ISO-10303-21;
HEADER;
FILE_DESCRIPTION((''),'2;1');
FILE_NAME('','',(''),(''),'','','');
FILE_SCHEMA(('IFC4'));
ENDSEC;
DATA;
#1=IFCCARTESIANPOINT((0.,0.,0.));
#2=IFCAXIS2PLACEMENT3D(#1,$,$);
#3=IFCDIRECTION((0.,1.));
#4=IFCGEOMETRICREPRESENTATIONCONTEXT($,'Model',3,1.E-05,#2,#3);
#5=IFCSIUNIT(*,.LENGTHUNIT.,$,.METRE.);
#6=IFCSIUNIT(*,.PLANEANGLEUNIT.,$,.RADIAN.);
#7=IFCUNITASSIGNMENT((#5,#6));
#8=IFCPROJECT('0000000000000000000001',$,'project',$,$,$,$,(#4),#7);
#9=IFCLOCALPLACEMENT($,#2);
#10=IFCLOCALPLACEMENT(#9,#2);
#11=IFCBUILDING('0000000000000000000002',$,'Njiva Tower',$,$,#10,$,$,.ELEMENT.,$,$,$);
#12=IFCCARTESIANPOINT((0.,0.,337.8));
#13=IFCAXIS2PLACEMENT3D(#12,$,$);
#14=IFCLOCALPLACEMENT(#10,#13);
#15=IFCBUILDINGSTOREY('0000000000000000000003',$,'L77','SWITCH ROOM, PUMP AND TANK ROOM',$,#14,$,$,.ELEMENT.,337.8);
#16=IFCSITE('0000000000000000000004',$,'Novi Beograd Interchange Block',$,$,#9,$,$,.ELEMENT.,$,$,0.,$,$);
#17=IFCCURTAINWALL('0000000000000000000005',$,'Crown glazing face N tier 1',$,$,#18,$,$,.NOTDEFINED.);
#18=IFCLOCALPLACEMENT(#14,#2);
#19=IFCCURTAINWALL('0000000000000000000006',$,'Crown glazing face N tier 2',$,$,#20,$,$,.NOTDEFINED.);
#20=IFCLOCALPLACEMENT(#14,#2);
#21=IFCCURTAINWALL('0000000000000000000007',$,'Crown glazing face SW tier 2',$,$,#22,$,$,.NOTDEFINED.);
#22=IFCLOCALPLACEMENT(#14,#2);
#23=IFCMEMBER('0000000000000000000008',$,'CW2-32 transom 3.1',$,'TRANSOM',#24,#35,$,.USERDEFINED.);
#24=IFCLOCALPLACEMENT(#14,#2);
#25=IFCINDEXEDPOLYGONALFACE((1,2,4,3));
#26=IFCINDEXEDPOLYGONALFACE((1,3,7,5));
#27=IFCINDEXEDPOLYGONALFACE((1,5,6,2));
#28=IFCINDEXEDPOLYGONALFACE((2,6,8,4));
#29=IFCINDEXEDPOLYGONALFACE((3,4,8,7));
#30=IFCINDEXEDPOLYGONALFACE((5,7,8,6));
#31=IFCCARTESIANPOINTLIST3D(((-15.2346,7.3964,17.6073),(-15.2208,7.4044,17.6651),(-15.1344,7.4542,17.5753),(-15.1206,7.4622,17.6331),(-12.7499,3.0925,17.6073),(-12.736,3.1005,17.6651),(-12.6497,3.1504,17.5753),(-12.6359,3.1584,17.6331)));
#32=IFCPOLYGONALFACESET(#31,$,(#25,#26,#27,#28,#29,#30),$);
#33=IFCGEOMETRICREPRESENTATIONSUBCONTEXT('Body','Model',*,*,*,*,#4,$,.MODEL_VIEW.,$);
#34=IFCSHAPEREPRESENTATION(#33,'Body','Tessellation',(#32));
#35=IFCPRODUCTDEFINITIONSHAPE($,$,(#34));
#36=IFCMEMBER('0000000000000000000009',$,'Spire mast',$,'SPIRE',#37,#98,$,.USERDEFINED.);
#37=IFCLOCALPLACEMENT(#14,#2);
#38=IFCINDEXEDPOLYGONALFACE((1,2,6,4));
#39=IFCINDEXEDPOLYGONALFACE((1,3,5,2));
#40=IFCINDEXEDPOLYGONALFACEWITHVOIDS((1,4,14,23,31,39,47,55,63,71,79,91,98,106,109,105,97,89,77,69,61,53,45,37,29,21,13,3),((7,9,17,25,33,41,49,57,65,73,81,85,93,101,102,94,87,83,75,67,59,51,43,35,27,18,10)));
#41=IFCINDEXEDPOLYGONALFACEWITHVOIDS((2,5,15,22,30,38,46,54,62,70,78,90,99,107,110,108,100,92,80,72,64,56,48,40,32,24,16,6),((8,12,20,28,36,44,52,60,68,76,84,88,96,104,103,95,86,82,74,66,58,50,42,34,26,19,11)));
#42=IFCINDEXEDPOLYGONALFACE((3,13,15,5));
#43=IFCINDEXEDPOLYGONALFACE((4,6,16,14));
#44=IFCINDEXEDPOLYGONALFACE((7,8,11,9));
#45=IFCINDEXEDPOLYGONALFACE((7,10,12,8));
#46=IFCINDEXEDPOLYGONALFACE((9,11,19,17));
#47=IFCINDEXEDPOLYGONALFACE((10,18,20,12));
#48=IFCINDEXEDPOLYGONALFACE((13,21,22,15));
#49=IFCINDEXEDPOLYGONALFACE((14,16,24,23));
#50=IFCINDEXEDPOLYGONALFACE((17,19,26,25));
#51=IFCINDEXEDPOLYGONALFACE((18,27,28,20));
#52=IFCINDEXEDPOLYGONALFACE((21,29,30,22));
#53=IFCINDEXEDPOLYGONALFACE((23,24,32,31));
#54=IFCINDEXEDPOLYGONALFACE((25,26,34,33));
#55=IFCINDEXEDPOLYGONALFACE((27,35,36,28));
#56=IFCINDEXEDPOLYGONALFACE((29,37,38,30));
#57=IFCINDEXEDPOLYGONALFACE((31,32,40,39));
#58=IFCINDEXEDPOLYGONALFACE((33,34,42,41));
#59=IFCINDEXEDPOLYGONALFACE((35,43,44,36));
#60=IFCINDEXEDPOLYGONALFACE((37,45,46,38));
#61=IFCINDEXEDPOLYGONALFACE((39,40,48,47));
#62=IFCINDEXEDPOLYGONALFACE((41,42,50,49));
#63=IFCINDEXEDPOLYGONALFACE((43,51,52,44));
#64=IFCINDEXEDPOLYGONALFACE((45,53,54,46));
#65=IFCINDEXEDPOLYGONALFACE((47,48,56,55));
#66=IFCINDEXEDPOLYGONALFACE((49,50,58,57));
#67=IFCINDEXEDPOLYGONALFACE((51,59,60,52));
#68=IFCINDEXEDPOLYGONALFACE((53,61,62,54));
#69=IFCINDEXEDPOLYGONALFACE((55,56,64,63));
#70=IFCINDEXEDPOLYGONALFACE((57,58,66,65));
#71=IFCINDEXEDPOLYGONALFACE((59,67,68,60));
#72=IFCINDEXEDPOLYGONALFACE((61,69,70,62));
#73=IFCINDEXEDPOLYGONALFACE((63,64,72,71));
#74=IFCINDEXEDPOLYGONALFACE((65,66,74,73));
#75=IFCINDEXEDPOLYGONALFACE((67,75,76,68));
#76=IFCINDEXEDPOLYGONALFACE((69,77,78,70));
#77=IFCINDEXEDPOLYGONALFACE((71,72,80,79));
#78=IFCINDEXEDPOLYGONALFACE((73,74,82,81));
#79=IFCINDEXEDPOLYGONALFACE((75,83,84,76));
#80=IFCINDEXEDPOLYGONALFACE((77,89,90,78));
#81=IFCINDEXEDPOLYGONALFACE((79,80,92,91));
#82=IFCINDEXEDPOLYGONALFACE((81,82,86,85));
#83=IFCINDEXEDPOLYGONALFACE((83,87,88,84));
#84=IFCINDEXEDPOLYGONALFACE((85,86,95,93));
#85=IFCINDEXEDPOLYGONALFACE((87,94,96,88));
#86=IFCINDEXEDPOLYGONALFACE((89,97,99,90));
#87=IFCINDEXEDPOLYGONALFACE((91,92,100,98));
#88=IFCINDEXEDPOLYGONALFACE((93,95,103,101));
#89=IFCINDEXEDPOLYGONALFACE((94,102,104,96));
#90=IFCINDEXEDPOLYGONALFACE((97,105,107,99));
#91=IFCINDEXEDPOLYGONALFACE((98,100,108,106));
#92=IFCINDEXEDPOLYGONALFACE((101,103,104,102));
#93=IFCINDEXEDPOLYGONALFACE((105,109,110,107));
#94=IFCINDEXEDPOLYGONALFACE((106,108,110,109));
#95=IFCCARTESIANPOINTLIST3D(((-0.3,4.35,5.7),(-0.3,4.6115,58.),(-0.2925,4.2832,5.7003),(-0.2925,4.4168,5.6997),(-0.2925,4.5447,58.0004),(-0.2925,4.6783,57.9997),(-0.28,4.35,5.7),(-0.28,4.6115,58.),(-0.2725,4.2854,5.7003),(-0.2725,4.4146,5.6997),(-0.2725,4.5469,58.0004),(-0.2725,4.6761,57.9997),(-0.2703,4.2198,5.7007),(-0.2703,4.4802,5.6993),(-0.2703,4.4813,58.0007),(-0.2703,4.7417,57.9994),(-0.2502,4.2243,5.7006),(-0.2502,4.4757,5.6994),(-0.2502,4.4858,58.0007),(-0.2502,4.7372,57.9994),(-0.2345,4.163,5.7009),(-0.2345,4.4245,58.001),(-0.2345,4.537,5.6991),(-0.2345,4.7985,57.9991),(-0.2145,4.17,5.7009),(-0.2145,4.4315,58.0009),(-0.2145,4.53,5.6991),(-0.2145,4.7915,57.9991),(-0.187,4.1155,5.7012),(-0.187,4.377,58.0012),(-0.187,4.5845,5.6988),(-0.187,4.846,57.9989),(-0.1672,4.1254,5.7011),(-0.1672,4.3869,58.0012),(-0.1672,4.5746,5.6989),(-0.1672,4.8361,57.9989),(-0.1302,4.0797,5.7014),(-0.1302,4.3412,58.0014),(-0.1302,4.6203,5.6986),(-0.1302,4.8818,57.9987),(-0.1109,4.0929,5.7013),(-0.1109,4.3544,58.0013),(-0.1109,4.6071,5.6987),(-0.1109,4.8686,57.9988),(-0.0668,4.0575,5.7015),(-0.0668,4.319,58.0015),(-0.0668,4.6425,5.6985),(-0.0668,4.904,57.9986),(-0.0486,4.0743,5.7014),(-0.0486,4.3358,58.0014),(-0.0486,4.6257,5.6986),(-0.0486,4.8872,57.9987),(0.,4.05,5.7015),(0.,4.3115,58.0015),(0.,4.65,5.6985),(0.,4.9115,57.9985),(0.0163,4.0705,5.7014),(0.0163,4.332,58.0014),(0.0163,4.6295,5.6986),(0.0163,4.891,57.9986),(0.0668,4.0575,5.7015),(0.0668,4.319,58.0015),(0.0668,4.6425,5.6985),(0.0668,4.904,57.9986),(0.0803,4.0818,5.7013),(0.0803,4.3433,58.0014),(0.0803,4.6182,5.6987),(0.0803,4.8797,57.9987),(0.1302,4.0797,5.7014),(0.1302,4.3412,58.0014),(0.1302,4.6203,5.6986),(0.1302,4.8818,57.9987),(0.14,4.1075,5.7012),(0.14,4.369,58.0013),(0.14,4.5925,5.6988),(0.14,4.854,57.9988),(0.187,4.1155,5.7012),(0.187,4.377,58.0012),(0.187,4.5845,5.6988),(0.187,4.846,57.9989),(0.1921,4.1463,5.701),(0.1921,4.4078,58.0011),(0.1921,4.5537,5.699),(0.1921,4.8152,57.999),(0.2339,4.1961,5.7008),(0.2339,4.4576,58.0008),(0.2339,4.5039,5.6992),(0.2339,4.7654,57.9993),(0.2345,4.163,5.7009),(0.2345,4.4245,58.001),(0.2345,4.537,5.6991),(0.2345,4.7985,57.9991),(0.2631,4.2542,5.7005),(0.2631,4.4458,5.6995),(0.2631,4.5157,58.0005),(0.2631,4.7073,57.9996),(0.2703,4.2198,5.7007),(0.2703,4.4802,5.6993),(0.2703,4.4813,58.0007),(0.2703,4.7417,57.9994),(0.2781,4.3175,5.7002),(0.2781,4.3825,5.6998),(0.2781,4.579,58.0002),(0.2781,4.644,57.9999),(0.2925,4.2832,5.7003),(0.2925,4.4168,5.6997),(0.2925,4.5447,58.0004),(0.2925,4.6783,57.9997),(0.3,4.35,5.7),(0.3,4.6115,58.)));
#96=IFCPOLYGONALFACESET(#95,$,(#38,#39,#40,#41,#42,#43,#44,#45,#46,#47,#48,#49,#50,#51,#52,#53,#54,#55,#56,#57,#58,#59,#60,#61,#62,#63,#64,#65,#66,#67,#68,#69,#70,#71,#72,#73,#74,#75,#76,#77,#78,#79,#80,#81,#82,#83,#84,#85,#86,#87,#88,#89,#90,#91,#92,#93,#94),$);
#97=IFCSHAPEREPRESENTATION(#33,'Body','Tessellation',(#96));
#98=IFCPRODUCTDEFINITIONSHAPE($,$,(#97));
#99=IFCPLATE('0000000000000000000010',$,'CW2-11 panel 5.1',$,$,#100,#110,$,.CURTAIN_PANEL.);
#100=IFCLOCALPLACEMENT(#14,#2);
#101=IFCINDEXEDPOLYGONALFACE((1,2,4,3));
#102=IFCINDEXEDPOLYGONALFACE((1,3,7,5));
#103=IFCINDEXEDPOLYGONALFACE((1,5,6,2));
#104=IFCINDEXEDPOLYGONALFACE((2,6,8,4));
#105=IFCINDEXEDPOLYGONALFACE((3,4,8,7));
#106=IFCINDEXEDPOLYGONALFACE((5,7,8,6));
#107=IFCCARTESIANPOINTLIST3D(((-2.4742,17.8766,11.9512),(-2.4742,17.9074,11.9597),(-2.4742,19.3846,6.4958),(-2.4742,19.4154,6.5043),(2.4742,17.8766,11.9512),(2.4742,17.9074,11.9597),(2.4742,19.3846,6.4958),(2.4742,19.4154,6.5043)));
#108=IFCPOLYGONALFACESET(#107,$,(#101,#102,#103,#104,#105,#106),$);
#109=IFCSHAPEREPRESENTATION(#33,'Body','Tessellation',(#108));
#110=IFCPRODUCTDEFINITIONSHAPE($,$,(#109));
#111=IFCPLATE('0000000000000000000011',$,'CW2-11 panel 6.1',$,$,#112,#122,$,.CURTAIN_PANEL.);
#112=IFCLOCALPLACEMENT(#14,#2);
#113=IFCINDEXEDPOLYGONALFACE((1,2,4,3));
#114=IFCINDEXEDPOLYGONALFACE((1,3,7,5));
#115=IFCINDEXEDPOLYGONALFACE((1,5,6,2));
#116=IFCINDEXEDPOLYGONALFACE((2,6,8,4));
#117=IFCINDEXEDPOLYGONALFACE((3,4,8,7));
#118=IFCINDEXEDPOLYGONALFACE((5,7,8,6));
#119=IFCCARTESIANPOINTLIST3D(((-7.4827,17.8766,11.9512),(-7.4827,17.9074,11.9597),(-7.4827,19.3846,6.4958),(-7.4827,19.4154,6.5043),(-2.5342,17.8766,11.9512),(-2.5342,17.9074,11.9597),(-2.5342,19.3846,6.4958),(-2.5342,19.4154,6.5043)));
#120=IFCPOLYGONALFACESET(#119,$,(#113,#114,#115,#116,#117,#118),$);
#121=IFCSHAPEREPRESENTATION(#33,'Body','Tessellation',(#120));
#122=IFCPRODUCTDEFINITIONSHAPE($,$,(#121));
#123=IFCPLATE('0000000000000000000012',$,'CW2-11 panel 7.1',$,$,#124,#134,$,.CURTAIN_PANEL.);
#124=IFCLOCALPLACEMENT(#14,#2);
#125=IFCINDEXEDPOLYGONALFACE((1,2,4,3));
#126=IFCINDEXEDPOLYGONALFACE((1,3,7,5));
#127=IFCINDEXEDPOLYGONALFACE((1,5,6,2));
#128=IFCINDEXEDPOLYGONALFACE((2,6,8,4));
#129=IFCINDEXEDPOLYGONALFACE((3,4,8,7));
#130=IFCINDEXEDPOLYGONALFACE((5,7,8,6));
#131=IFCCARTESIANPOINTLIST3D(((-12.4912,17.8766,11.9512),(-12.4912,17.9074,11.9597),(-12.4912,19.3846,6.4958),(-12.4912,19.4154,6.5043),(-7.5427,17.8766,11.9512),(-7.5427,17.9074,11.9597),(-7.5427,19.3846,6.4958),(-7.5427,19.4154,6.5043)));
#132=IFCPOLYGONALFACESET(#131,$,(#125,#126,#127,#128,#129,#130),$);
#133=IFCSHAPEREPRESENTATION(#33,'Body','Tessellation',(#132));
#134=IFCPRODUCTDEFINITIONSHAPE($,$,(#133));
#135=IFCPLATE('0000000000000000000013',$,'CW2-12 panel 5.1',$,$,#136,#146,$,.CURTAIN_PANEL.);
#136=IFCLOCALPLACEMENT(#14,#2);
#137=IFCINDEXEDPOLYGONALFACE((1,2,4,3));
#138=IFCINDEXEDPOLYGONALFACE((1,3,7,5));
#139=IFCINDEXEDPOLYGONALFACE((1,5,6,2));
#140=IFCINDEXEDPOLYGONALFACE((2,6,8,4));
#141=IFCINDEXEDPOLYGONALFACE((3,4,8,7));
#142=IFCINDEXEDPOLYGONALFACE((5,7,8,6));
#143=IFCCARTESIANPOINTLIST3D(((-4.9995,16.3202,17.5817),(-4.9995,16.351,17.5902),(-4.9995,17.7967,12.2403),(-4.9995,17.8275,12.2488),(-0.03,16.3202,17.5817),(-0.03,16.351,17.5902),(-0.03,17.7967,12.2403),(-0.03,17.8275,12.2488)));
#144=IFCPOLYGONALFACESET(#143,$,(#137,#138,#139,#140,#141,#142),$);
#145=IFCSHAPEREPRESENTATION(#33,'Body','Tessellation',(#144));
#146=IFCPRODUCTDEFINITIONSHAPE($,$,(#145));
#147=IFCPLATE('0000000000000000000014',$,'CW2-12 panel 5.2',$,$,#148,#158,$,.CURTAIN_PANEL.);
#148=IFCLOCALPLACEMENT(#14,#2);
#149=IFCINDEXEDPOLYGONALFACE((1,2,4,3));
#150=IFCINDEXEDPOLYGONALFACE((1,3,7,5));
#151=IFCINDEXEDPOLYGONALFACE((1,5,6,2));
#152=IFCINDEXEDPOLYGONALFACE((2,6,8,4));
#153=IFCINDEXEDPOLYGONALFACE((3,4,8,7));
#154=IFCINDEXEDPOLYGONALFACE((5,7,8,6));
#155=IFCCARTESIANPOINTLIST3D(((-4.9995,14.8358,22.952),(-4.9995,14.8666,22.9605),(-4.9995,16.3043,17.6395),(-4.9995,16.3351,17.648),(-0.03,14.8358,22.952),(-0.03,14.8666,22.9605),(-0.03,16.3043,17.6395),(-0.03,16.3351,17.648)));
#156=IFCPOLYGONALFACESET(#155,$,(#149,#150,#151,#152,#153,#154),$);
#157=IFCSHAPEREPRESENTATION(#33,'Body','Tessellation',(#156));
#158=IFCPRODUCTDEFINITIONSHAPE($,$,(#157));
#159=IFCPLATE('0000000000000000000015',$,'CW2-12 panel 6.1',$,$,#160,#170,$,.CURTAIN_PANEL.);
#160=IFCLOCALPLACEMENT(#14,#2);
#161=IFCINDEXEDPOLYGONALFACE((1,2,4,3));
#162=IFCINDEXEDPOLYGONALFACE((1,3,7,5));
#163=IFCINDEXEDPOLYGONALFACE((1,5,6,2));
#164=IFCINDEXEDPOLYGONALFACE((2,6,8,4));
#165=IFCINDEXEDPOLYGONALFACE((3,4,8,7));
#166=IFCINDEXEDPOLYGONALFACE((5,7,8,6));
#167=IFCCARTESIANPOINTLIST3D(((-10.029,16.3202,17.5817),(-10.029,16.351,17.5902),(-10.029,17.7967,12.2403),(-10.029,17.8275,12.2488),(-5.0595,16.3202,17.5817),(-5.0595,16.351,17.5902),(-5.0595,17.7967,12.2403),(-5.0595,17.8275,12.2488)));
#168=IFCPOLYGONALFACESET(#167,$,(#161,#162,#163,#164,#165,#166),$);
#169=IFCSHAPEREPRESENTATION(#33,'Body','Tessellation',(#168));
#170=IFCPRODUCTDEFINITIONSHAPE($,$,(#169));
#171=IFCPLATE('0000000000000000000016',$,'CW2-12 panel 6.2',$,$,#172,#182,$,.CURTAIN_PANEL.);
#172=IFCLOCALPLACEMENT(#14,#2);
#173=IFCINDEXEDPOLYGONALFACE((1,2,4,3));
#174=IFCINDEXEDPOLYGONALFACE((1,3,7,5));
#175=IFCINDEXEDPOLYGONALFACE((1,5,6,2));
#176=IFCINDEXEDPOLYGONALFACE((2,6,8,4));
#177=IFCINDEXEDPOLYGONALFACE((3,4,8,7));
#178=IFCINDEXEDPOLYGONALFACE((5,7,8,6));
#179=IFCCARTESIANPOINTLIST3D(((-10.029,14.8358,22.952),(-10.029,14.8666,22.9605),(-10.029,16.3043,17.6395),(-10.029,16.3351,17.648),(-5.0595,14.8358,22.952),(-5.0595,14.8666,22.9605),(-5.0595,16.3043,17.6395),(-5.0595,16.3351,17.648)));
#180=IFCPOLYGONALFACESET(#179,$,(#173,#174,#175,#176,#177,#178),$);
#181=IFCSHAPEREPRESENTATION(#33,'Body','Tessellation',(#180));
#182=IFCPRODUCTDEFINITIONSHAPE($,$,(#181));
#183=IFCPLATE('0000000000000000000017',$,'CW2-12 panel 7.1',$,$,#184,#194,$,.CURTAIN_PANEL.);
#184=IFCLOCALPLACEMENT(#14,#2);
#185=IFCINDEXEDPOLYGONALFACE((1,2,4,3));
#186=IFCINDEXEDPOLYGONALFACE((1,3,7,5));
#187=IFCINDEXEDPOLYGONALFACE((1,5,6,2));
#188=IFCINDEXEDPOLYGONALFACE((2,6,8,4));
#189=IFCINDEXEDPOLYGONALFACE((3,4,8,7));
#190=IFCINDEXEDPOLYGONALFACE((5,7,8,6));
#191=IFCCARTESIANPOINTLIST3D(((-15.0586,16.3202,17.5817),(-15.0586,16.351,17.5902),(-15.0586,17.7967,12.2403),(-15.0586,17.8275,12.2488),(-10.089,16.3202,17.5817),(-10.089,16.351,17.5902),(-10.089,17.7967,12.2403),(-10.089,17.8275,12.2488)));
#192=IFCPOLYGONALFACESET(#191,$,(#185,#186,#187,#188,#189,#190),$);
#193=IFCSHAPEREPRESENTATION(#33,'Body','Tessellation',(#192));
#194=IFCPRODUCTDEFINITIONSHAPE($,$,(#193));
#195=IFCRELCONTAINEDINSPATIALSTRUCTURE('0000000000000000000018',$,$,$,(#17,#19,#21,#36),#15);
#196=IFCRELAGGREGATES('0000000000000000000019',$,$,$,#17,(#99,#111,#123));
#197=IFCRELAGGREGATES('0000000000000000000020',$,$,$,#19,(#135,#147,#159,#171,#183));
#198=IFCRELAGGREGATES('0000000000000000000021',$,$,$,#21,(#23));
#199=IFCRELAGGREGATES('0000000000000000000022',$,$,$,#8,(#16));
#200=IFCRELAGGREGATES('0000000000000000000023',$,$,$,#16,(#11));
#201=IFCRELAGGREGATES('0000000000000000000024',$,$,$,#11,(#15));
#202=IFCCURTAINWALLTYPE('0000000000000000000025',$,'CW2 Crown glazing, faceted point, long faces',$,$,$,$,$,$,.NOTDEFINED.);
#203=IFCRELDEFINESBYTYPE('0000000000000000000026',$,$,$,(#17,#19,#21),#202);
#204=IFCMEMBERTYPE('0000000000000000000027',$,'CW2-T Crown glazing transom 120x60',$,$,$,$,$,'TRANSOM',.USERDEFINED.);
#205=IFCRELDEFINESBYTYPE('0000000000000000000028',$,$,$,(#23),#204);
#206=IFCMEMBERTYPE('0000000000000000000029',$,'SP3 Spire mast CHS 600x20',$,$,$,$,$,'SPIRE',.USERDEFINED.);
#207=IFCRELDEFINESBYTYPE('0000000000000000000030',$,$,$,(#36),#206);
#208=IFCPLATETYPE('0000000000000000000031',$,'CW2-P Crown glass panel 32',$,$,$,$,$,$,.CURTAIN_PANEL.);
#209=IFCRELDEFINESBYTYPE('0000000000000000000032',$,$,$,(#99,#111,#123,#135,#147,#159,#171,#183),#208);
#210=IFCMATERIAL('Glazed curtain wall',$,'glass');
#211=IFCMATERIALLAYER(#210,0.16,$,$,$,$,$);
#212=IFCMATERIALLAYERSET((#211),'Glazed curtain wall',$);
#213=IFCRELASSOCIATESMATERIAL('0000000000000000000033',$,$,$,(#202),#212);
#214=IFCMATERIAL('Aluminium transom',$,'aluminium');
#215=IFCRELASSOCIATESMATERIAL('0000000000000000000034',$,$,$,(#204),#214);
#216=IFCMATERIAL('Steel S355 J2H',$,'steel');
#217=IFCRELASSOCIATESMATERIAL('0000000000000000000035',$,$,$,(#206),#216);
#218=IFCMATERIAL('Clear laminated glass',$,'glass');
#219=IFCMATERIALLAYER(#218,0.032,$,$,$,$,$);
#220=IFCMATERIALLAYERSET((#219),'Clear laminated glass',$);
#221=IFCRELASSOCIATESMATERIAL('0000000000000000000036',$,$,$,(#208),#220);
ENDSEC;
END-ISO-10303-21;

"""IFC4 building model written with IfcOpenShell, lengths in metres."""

from ifc_helpers import new_model, si_unit, direction, frame, origin, origin_2d, place, context, subcontext, project, spatial, polyline, rectangle, hollow_circle, outline, extrude, material, layer, layer_set, material_profile, profile_set, type_object, element, aggregate, save


model = new_model("IFC4")

# Units and contexts
model_context = context("Model", 3, precision=1e-05, world=origin(), true_north=direction((0.0, 1.0)))
body_context = subcontext(model_context, "Body", "Model", "MODEL_VIEW")
ifc_project = project(units=[si_unit("LENGTHUNIT", "METRE"), si_unit("PLANEANGLEUNIT", "RADIAN")], contexts=[model_context])

# Site, building, storey
site_placement = place(None, origin())
site = spatial("IfcSite", under=ifc_project, at=site_placement, Name="Novi Beograd Interchange Block", CompositionType="ELEMENT", RefElevation=0.0)
building_placement = place(site_placement, origin())
building = spatial("IfcBuilding", under=site, at=building_placement, Name="Njiva Tower", CompositionType="ELEMENT")
storey_placement = place(building_placement, frame((0.0, 0.0, 337.8)))
storey = spatial("IfcBuildingStorey", under=building, at=storey_placement, Name="L77", Description="SWITCH ROOM, PUMP AND TANK ROOM", CompositionType="ELEMENT", Elevation=337.8)

# Curtain walls
ifc_material_1 = material(Name="Glazed curtain wall", Category="glass")
ifc_layer_1 = layer(ifc_material_1, 0.16)
ifc_layer_set_1 = layer_set([ifc_layer_1], Name="Glazed curtain wall")
curtain_wall_type = type_object("IfcCurtainWallType", Name="CW2 Crown glazing, faceted point, long faces", PredefinedType="NOTDEFINED", material=ifc_layer_set_1)
curtain_wall_1_placement = place(storey_placement, origin())
curtain_wall_1 = element("IfcCurtainWall", 1, at=curtain_wall_1_placement, inside=storey, type_object=curtain_wall_type, Name="Crown glazing face N tier 1", PredefinedType="NOTDEFINED")
curtain_wall_2_placement = place(storey_placement, origin())
curtain_wall_2 = element("IfcCurtainWall", 2, at=curtain_wall_2_placement, inside=storey, type_object=curtain_wall_type, Name="Crown glazing face N tier 2", PredefinedType="NOTDEFINED")

# Curtain wall
curtain_wall_3_placement = place(storey_placement, origin())
curtain_wall_3 = element("IfcCurtainWall", 3, at=curtain_wall_3_placement, inside=storey, type_object=curtain_wall_type, Name="Crown glazing face SW tier 2", PredefinedType="NOTDEFINED")

# Members
ifc_material_2 = material(Name="Aluminium transom", Category="aluminium")
ifc_material_profile_1 = material_profile(ifc_material_2, rectangle(XDim=0.12, YDim=0.06, at=origin_2d()), Name="RECT 120x60")
ifc_profile_set_1 = profile_set([ifc_material_profile_1], Name="Aluminium transom")
member_type_1 = type_object("IfcMemberType", Name="CW2-T Crown glazing transom 120x60", ElementType="TRANSOM", PredefinedType="USERDEFINED", material=ifc_profile_set_1)
member_1_placement = place(storey_placement, frame((-15.1776, 7.4293, 17.6202), z_axis=(0.499985, -0.866034, 0.0), x_axis=(-0.834731, -0.481913, 0.266428)))
member_1 = element("IfcMember", 4, at=member_1_placement, type_object=member_type_1, Name="CW2-32 transom 3.1", ObjectType="TRANSOM", PredefinedType="USERDEFINED", context=body_context, shape_type="SweptSolid", body=[
    extrude(rectangle(XDim=0.12, YDim=0.06, at=origin_2d()), origin(), (0.0, 0.0, 1.0), 4.9696),
])
ifc_material_3 = material(Name="Steel S355 J2H", Category="steel")
ifc_material_profile_2 = material_profile(ifc_material_3, hollow_circle(Radius=0.3, WallThickness=0.02, at=origin_2d()), Name="CHS 600x20")
ifc_profile_set_2 = profile_set([ifc_material_profile_2], Name="Steel S355 J2H")
member_type_2 = type_object("IfcMemberType", Name="SP3 Spire mast CHS 600x20", ElementType="SPIRE", PredefinedType="USERDEFINED", material=ifc_profile_set_2)
member_2_placement = place(storey_placement, frame((0.0, 4.35, 5.7), z_axis=(0.0, 0.005, 0.999988), x_axis=(-1.0, 0.0, 0.0)))
element("IfcMember", 5, at=member_2_placement, inside=storey, type_object=member_type_2, Name="Spire mast", ObjectType="SPIRE", PredefinedType="USERDEFINED", context=body_context, shape_type="SweptSolid", body=[
    extrude(hollow_circle(Radius=0.3, WallThickness=0.02, at=origin_2d()), origin(), (0.0, 0.0, 1.0), 52.3007),
])

# Plates
ifc_material_4 = material(Name="Clear laminated glass", Category="glass")
ifc_layer_2 = layer(ifc_material_4, 0.032)
ifc_layer_set_2 = layer_set([ifc_layer_2], Name="Clear laminated glass")
plate_type = type_object("IfcPlateType", Name="CW2-P Crown glass panel 32", PredefinedType="CURTAIN_PANEL", material=ifc_layer_set_2)
plate_1_placement = place(storey_placement, frame((-2.4742, 19.4154, 6.5043), z_axis=(0.0, 0.963854, 0.266432), x_axis=(0.0, -0.266432, 0.963854)))
plate_1 = element("IfcPlate", 6, at=plate_1_placement, type_object=plate_type, Name="CW2-11 panel 5.1", PredefinedType="CURTAIN_PANEL", context=body_context, shape_type="SweptSolid", body=[
    extrude(outline(polyline([(0.0, 0.0), (5.66, 0.0), (5.66, 4.9484), (0.0, 4.9484), (0.0, 0.0)])), origin(), (0.0, 0.0, -1.0), 0.032),
])
plate_2_placement = place(storey_placement, frame((-7.4827, 19.4154, 6.5043), z_axis=(0.0, 0.963854, 0.266432), x_axis=(0.0, -0.266432, 0.963854)))
plate_2 = element("IfcPlate", 7, at=plate_2_placement, type_object=plate_type, Name="CW2-11 panel 6.1", PredefinedType="CURTAIN_PANEL", context=body_context, shape_type="SweptSolid", body=[
    extrude(outline(polyline([(0.0, 0.0), (5.66, 0.0), (5.66, 4.9485), (0.0, 4.9485), (0.0, 0.0)])), origin(), (0.0, 0.0, -1.0), 0.032),
])
plate_3_placement = place(storey_placement, frame((-12.4912, 19.4154, 6.5043), z_axis=(0.0, 0.963854, 0.266432), x_axis=(0.0, -0.266432, 0.963854)))
plate_3 = element("IfcPlate", 8, at=plate_3_placement, type_object=plate_type, Name="CW2-11 panel 7.1", PredefinedType="CURTAIN_PANEL", context=body_context, shape_type="SweptSolid", body=[
    extrude(outline(polyline([(0.0, 0.0), (5.66, 0.0), (5.66, 4.9485), (0.0, 4.9485), (0.0, 0.0)])), origin(), (0.0, 0.0, -1.0), 0.032),
])
aggregate(curtain_wall_1, [plate_1, plate_2, plate_3])
plate_4_placement = place(storey_placement, frame((-4.9995, 17.8275, 12.2488), z_axis=(0.0, 0.963853, 0.266434), x_axis=(0.0, -0.266434, 0.963853)))
plate_4 = element("IfcPlate", 9, at=plate_4_placement, type_object=plate_type, Name="CW2-12 panel 5.1", PredefinedType="CURTAIN_PANEL", context=body_context, shape_type="SweptSolid", body=[
    extrude(outline(polyline([(0.0, 0.0), (5.5417, 0.0), (5.5417, 4.9695), (0.0, 4.9695), (0.0, 0.0)])), origin(), (0.0, 0.0, -1.0), 0.032),
])
plate_5_placement = place(storey_placement, frame((-4.9995, 16.3351, 17.648), z_axis=(0.0, 0.963854, 0.266432), x_axis=(0.0, -0.266432, 0.963854)))
plate_5 = element("IfcPlate", 10, at=plate_5_placement, type_object=plate_type, Name="CW2-12 panel 5.2", PredefinedType="CURTAIN_PANEL", context=body_context, shape_type="SweptSolid", body=[
    extrude(outline(polyline([(0.0, 0.0), (5.5117, 0.0), (5.5117, 4.9695), (0.0, 4.9695), (0.0, 0.0)])), origin(), (0.0, 0.0, -1.0), 0.032),
])
plate_6_placement = place(storey_placement, frame((-10.029, 17.8275, 12.2488), z_axis=(0.0, 0.963853, 0.266434), x_axis=(0.0, -0.266434, 0.963853)))
plate_6 = element("IfcPlate", 11, at=plate_6_placement, type_object=plate_type, Name="CW2-12 panel 6.1", PredefinedType="CURTAIN_PANEL", context=body_context, shape_type="SweptSolid", body=[
    extrude(outline(polyline([(0.0, 0.0), (5.5417, 0.0), (5.5417, 4.9695), (0.0, 4.9695), (0.0, 0.0)])), origin(), (0.0, 0.0, -1.0), 0.032),
])
plate_7_placement = place(storey_placement, frame((-10.029, 16.3351, 17.648), z_axis=(0.0, 0.963854, 0.266432), x_axis=(0.0, -0.266432, 0.963854)))
plate_7 = element("IfcPlate", 12, at=plate_7_placement, type_object=plate_type, Name="CW2-12 panel 6.2", PredefinedType="CURTAIN_PANEL", context=body_context, shape_type="SweptSolid", body=[
    extrude(outline(polyline([(0.0, 0.0), (5.5117, 0.0), (5.5117, 4.9695), (0.0, 4.9695), (0.0, 0.0)])), origin(), (0.0, 0.0, -1.0), 0.032),
])
plate_8_placement = place(storey_placement, frame((-15.0586, 17.8275, 12.2488), z_axis=(0.0, 0.963853, 0.266434), x_axis=(0.0, -0.266434, 0.963853)))
plate_8 = element("IfcPlate", 13, at=plate_8_placement, type_object=plate_type, Name="CW2-12 panel 7.1", PredefinedType="CURTAIN_PANEL", context=body_context, shape_type="SweptSolid", body=[
    extrude(outline(polyline([(0.0, 0.0), (5.5417, 0.0), (5.5417, 4.9696), (0.0, 4.9696), (0.0, 0.0)])), origin(), (0.0, 0.0, -1.0), 0.032),
])
aggregate(curtain_wall_2, [plate_4, plate_5, plate_6, plate_7, plate_8])
aggregate(curtain_wall_3, [member_1])

save(model, "model.ifc")
